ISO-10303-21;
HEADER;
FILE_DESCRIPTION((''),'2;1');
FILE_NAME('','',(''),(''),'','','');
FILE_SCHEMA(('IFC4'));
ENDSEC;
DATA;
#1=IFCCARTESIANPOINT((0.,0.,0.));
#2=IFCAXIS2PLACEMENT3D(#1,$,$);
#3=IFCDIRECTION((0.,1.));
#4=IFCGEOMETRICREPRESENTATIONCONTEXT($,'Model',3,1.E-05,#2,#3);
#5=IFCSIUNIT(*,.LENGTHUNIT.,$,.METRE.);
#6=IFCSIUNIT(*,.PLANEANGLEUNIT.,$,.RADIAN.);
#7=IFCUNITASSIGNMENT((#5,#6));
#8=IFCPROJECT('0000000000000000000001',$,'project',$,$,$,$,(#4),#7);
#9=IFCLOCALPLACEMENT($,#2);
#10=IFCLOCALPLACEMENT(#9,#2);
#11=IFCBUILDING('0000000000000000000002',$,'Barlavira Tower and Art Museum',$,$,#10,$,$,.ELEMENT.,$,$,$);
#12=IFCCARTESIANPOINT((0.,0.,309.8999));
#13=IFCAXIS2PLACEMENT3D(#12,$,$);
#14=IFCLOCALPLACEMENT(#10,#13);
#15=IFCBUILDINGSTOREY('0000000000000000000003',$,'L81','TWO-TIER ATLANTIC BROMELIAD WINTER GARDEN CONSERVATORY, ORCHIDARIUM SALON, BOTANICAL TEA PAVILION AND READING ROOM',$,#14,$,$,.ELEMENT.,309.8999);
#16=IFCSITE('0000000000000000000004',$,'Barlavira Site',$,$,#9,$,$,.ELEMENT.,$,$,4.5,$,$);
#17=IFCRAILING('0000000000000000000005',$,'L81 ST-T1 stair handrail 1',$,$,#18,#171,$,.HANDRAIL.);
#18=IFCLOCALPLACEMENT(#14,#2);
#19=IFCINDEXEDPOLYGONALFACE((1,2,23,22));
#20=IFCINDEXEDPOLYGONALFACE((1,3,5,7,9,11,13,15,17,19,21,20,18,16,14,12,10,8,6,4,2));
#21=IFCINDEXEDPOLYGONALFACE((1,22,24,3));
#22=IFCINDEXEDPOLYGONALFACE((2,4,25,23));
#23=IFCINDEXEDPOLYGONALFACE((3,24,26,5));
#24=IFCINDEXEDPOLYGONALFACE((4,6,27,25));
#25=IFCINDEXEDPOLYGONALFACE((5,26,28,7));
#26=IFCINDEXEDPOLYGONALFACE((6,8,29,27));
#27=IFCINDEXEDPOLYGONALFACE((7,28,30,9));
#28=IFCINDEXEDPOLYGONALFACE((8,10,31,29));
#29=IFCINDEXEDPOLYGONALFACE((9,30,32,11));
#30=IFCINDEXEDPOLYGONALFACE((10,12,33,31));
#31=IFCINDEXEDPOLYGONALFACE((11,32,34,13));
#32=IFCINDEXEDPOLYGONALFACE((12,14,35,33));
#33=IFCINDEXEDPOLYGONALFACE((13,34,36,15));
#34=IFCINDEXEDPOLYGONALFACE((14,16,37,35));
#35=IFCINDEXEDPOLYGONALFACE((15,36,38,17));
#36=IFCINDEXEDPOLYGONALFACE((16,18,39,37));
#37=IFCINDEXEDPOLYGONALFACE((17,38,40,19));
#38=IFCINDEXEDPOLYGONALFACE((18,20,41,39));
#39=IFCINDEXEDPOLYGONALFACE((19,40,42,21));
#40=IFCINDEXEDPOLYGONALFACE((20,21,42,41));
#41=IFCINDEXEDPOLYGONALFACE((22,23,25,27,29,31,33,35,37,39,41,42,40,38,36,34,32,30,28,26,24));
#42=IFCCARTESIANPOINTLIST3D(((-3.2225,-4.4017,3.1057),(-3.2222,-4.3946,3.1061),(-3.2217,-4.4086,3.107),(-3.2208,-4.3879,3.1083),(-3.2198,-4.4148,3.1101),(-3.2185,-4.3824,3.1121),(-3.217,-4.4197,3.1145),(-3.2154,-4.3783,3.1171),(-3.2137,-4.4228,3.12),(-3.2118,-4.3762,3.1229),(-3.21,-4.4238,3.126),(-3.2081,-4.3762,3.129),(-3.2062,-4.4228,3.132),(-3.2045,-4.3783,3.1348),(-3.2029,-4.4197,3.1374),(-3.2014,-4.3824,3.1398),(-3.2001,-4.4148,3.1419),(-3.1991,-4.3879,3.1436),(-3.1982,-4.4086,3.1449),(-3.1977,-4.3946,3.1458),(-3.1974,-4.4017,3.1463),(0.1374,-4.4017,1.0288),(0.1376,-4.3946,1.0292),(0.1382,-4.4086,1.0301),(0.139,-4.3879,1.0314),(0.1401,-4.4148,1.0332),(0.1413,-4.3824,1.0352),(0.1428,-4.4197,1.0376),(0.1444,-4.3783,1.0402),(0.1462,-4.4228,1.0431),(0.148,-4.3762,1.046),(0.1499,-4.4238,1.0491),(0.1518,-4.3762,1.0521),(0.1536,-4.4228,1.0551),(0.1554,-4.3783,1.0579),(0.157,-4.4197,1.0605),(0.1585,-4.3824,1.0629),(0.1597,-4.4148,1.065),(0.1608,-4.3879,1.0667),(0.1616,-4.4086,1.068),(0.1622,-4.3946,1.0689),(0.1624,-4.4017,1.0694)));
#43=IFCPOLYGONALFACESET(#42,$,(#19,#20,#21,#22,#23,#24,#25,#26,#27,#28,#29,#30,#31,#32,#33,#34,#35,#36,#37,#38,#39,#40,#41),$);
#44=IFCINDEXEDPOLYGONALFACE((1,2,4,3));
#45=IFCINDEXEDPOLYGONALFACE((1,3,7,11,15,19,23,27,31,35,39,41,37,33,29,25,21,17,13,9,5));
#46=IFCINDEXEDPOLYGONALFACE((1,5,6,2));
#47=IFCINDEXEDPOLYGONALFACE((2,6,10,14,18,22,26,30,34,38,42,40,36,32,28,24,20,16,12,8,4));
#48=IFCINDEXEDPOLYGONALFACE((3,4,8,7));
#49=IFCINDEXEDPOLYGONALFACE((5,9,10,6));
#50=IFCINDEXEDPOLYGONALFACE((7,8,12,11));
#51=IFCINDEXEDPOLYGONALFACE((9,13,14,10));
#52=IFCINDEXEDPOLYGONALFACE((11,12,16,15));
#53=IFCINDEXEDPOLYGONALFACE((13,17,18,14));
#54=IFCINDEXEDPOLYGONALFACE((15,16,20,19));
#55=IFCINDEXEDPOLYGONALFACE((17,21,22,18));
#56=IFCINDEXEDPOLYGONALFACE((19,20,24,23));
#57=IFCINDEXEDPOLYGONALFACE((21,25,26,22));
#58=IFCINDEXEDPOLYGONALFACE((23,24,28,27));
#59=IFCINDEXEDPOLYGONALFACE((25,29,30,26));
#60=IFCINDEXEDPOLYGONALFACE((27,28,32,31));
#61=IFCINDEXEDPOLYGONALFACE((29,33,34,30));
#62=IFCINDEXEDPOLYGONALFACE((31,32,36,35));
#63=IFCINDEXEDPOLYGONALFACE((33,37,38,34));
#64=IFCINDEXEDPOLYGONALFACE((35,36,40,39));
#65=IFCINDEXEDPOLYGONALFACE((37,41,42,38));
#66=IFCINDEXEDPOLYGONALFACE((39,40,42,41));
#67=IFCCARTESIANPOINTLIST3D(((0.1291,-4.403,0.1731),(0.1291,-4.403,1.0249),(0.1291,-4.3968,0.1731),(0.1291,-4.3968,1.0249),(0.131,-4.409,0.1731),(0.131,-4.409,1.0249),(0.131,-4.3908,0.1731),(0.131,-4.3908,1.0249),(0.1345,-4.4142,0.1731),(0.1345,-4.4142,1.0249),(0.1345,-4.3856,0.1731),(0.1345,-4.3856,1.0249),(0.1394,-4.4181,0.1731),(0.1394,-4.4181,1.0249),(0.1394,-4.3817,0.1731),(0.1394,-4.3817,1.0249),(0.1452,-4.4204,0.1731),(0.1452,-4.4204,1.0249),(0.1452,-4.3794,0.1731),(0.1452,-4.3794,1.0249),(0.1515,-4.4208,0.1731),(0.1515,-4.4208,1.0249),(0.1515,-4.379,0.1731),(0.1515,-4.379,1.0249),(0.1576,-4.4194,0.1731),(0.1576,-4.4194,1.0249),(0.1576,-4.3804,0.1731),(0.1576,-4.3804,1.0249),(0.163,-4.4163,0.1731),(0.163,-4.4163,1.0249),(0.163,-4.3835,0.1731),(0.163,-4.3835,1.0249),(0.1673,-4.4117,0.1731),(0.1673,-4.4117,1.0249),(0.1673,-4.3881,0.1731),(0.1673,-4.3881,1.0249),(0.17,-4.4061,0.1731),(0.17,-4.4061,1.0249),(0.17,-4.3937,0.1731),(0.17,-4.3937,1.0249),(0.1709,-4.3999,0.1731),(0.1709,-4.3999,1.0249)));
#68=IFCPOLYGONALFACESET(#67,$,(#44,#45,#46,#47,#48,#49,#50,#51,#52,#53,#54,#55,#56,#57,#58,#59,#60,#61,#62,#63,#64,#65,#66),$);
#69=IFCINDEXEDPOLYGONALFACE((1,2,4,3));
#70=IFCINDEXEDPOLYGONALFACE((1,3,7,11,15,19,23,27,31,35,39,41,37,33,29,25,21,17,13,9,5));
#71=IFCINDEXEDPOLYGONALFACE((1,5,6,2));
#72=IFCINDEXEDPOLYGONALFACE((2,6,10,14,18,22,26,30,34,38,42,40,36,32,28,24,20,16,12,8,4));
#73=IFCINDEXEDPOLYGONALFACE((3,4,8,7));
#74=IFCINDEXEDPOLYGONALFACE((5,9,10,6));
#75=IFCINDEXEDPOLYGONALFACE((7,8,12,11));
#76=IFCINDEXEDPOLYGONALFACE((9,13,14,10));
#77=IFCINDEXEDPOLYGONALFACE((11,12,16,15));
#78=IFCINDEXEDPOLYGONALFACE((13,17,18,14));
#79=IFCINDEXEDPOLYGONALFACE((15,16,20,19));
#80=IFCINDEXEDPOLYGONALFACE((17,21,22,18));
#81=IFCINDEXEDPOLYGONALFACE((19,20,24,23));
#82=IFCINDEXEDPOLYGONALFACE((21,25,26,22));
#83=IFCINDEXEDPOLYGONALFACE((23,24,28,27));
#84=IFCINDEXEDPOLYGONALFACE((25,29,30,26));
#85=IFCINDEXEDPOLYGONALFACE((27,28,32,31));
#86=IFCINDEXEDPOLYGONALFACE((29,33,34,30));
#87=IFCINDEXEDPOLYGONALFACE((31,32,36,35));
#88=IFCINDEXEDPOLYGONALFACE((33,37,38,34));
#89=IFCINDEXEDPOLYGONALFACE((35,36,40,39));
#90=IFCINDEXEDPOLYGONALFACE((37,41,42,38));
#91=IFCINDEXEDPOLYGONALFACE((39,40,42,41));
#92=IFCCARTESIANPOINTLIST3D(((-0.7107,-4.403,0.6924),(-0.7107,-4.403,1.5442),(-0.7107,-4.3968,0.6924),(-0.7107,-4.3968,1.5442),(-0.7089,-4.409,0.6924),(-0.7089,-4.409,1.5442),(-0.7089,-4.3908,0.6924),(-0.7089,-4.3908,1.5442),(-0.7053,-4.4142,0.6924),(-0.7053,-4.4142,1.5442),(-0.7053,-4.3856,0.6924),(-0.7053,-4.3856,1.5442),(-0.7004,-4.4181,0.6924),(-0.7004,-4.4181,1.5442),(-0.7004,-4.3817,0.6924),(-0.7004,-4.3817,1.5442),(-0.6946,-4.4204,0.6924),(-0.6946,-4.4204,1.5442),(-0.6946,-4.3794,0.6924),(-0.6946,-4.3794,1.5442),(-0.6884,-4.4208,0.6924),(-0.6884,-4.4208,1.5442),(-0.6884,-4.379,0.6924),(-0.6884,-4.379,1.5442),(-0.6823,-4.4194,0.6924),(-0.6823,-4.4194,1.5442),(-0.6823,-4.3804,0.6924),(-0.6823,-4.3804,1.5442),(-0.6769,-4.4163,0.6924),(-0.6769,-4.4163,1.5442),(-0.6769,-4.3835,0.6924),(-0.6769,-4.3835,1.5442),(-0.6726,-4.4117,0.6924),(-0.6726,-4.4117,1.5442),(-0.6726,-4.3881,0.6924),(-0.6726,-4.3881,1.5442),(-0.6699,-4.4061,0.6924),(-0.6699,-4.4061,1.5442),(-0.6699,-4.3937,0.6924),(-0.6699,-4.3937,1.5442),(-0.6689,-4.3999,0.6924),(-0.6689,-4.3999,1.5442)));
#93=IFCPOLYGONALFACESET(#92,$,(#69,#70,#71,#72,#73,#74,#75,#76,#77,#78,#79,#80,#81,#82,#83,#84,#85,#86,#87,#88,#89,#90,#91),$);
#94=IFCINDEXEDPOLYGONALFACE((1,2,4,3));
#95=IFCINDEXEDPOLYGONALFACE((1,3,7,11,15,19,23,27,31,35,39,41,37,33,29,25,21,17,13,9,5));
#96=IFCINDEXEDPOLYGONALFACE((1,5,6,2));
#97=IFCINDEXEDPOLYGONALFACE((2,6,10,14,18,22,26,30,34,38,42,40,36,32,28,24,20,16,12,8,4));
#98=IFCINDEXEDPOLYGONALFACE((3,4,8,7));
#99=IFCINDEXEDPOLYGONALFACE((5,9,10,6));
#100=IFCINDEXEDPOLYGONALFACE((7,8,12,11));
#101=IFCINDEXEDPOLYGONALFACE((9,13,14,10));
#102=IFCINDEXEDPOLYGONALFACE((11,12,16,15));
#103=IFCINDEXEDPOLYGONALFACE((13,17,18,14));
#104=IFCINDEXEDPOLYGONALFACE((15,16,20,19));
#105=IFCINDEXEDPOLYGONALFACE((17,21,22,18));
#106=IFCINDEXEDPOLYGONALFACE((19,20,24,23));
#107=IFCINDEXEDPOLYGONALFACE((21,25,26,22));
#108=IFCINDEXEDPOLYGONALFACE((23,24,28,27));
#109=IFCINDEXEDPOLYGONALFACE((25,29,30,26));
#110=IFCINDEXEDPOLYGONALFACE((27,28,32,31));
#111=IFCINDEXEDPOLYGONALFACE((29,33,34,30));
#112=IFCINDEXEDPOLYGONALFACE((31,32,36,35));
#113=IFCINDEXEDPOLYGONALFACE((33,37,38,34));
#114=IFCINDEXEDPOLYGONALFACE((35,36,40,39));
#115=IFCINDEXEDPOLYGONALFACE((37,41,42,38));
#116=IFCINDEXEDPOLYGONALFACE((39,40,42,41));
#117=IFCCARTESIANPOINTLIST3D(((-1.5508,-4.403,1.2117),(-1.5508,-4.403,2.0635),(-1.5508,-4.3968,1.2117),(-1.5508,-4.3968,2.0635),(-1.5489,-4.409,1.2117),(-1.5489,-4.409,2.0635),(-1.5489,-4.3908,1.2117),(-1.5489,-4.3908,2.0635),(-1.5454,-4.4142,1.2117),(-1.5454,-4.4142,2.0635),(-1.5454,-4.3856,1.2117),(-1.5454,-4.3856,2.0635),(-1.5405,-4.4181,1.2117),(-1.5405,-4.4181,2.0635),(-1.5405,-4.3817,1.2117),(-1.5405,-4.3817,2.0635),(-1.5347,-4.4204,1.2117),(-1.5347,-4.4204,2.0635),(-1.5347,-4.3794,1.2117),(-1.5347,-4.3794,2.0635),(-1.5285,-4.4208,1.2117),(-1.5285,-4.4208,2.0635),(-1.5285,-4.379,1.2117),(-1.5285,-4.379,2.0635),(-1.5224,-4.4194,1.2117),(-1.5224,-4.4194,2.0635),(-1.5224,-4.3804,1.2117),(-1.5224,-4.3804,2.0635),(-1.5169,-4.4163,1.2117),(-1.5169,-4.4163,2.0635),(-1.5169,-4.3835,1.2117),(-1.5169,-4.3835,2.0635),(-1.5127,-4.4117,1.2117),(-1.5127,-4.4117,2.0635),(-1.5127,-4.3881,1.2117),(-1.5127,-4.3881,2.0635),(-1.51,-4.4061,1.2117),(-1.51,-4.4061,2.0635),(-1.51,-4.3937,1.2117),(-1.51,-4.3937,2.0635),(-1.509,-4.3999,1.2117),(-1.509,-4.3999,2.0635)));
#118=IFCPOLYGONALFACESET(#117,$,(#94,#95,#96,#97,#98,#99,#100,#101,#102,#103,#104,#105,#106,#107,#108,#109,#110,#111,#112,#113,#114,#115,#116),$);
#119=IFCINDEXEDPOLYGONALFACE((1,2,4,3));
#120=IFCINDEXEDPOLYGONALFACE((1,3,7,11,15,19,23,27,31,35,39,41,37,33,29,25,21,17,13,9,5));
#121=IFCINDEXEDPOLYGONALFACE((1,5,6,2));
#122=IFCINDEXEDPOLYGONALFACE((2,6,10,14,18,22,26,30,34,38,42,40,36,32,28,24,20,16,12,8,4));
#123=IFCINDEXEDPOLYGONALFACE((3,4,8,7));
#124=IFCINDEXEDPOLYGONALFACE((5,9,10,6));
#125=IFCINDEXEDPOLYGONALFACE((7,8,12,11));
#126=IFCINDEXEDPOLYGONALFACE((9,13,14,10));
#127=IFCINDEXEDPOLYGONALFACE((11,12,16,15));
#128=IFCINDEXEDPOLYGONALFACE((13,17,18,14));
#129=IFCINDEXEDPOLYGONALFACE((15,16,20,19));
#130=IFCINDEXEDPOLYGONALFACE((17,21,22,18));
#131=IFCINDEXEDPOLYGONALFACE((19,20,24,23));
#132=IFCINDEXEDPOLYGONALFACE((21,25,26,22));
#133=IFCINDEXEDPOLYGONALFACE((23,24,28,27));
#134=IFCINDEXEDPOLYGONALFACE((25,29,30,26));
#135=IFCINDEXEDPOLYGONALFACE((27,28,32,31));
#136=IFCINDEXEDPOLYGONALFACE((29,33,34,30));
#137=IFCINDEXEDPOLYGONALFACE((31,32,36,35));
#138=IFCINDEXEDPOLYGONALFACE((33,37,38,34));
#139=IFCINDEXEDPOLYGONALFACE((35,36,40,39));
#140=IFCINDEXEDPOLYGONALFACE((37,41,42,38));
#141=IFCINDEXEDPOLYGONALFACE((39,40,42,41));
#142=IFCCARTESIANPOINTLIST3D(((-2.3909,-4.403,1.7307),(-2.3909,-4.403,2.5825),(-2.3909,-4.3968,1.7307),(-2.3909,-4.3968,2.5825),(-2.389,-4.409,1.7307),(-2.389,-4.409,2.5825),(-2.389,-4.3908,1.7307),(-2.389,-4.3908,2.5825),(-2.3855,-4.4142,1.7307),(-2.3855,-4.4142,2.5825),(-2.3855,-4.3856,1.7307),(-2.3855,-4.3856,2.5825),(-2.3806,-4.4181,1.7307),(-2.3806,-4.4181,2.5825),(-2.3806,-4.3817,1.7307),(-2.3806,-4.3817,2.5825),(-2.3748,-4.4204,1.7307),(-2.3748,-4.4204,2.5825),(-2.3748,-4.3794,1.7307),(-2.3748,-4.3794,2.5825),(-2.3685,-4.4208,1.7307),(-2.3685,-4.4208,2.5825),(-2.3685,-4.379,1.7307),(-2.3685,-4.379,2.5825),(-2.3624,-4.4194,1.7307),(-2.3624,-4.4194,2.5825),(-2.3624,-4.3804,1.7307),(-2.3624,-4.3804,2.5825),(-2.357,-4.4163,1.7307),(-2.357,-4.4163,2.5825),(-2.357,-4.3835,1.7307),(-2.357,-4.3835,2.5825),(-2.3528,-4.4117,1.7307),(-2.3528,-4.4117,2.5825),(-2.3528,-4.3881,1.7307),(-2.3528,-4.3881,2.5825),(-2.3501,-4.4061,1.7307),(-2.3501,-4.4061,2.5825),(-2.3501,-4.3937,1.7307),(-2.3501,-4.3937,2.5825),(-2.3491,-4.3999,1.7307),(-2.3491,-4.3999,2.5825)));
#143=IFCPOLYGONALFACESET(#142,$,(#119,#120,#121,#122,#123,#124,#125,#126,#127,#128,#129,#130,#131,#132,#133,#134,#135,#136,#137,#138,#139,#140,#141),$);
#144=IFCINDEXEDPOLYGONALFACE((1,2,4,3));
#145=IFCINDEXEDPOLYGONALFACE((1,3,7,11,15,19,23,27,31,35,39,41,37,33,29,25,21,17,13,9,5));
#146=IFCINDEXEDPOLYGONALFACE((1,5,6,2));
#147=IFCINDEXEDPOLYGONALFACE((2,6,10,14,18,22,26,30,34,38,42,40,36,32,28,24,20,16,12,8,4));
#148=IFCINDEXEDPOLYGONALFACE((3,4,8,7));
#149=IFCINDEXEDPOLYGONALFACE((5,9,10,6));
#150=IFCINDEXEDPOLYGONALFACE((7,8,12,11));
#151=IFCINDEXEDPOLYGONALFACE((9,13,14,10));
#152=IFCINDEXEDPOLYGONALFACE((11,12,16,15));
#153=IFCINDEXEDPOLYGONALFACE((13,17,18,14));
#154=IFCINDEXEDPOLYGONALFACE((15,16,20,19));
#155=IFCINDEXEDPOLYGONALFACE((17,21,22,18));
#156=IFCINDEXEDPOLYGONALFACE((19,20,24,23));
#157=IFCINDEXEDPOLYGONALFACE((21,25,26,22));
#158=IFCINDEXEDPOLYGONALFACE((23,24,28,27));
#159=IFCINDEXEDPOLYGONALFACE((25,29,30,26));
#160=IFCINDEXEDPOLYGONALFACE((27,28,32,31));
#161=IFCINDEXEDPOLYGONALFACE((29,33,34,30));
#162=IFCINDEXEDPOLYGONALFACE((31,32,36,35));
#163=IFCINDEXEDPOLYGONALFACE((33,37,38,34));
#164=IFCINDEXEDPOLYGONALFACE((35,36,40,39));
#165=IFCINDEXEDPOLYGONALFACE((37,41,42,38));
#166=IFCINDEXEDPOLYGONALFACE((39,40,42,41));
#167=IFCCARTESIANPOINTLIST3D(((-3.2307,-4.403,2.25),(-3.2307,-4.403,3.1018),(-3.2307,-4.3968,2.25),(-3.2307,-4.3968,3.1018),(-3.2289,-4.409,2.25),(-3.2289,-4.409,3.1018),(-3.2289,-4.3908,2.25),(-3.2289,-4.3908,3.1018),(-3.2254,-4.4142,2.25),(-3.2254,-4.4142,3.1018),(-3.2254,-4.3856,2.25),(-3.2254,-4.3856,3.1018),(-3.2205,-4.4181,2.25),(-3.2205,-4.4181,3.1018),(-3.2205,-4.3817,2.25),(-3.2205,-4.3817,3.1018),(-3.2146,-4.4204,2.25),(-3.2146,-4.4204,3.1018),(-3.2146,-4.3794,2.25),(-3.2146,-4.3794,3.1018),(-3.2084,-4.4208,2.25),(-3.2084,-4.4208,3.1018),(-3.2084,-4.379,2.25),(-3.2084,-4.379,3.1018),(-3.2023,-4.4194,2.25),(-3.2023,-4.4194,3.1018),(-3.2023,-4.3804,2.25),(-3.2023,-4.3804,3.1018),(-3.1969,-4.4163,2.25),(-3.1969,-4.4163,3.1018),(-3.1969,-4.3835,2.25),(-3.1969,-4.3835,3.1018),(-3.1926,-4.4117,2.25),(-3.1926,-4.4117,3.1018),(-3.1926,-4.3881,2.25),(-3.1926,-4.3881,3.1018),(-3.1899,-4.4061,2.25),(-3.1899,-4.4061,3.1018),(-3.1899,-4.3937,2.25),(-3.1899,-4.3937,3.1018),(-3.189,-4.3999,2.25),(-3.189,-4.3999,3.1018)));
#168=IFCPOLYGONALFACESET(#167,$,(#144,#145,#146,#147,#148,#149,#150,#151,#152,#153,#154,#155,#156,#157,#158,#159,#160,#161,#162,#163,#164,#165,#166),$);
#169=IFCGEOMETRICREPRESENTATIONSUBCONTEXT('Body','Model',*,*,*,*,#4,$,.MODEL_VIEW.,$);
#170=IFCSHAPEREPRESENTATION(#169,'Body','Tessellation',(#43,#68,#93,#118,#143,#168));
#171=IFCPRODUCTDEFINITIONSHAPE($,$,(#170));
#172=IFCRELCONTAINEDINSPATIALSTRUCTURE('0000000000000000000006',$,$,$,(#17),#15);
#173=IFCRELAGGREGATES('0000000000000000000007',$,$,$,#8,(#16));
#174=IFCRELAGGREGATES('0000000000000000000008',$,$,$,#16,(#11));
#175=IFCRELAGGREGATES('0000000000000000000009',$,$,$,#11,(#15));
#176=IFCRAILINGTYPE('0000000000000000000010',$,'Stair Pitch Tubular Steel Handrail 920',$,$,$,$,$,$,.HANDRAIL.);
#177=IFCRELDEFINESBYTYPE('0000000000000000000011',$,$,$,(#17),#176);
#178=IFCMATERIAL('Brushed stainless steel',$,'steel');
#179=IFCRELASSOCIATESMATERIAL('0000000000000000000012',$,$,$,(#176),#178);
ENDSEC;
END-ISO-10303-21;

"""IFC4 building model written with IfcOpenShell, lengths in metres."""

from ifc_helpers import new_model, si_unit, direction, frame, origin, origin_2d, place, context, subcontext, project, spatial, circle, extrude, material, type_object, element, save


model = new_model("IFC4")

# Units and contexts
model_context = context("Model", 3, precision=1e-05, world=origin(), true_north=direction((0.0, 1.0)))
body_context = subcontext(model_context, "Body", "Model", "MODEL_VIEW")
ifc_project = project(units=[si_unit("LENGTHUNIT", "METRE"), si_unit("PLANEANGLEUNIT", "RADIAN")], contexts=[model_context])

# Site, building, storey
site_placement = place(None, origin())
site = spatial("IfcSite", under=ifc_project, at=site_placement, Name="Barlavira Site", CompositionType="ELEMENT", RefElevation=4.5)
building_placement = place(site_placement, origin())
building = spatial("IfcBuilding", under=site, at=building_placement, Name="Barlavira Tower and Art Museum", CompositionType="ELEMENT")
storey_placement = place(building_placement, frame((0.0, 0.0, 309.8999)))
storey = spatial("IfcBuildingStorey", under=building, at=storey_placement, Name="L81", Description="TWO-TIER ATLANTIC BROMELIAD WINTER GARDEN CONSERVATORY, ORCHIDARIUM SALON, BOTANICAL TEA PAVILION AND READING ROOM", CompositionType="ELEMENT", Elevation=309.8999)

# Shared definitions
ifc_material_1 = material(Name="Brushed stainless steel", Category="steel")

# Railing
railing_type_1 = type_object("IfcRailingType", Name="Stair Pitch Tubular Steel Handrail 920", PredefinedType="HANDRAIL", material=ifc_material_1)
railing_1_placement = place(storey_placement, frame((0.1499, -4.3999, 0.1731)))
element("IfcRailing", 1, at=railing_1_placement, inside=storey, type_object=railing_type_1, Name="L81 ST-T1 stair handrail 1", PredefinedType="HANDRAIL", context=body_context, shape_type="SweptSolid", body=[
    extrude(circle(Radius=0.0239, at=origin_2d()), frame((0.0, 0.0, 0.876), z_axis=(-0.850606, 0.0, 0.525803), x_axis=(0.0, -1.0, 0.0)), (0.0, 0.0, 1.0), 3.95),
    extrude(circle(Radius=0.021, at=origin_2d()), origin(), (0.0, 0.0, 1.0), 0.8518),
    extrude(circle(Radius=0.021, at=origin_2d()), frame((-0.8398, 0.0, 0.5193)), (0.0, 0.0, 1.0), 0.8518),
    extrude(circle(Radius=0.021, at=origin_2d()), frame((-1.6799, 0.0, 1.0386)), (0.0, 0.0, 1.0), 0.8518),
    extrude(circle(Radius=0.021, at=origin_2d()), frame((-2.52, 0.0, 1.5576)), (0.0, 0.0, 1.0), 0.8518),
    extrude(circle(Radius=0.021, at=origin_2d()), frame((-3.3599, 0.0, 2.0769)), (0.0, 0.0, 1.0), 0.8518),
])

save(model, "model.ifc")
